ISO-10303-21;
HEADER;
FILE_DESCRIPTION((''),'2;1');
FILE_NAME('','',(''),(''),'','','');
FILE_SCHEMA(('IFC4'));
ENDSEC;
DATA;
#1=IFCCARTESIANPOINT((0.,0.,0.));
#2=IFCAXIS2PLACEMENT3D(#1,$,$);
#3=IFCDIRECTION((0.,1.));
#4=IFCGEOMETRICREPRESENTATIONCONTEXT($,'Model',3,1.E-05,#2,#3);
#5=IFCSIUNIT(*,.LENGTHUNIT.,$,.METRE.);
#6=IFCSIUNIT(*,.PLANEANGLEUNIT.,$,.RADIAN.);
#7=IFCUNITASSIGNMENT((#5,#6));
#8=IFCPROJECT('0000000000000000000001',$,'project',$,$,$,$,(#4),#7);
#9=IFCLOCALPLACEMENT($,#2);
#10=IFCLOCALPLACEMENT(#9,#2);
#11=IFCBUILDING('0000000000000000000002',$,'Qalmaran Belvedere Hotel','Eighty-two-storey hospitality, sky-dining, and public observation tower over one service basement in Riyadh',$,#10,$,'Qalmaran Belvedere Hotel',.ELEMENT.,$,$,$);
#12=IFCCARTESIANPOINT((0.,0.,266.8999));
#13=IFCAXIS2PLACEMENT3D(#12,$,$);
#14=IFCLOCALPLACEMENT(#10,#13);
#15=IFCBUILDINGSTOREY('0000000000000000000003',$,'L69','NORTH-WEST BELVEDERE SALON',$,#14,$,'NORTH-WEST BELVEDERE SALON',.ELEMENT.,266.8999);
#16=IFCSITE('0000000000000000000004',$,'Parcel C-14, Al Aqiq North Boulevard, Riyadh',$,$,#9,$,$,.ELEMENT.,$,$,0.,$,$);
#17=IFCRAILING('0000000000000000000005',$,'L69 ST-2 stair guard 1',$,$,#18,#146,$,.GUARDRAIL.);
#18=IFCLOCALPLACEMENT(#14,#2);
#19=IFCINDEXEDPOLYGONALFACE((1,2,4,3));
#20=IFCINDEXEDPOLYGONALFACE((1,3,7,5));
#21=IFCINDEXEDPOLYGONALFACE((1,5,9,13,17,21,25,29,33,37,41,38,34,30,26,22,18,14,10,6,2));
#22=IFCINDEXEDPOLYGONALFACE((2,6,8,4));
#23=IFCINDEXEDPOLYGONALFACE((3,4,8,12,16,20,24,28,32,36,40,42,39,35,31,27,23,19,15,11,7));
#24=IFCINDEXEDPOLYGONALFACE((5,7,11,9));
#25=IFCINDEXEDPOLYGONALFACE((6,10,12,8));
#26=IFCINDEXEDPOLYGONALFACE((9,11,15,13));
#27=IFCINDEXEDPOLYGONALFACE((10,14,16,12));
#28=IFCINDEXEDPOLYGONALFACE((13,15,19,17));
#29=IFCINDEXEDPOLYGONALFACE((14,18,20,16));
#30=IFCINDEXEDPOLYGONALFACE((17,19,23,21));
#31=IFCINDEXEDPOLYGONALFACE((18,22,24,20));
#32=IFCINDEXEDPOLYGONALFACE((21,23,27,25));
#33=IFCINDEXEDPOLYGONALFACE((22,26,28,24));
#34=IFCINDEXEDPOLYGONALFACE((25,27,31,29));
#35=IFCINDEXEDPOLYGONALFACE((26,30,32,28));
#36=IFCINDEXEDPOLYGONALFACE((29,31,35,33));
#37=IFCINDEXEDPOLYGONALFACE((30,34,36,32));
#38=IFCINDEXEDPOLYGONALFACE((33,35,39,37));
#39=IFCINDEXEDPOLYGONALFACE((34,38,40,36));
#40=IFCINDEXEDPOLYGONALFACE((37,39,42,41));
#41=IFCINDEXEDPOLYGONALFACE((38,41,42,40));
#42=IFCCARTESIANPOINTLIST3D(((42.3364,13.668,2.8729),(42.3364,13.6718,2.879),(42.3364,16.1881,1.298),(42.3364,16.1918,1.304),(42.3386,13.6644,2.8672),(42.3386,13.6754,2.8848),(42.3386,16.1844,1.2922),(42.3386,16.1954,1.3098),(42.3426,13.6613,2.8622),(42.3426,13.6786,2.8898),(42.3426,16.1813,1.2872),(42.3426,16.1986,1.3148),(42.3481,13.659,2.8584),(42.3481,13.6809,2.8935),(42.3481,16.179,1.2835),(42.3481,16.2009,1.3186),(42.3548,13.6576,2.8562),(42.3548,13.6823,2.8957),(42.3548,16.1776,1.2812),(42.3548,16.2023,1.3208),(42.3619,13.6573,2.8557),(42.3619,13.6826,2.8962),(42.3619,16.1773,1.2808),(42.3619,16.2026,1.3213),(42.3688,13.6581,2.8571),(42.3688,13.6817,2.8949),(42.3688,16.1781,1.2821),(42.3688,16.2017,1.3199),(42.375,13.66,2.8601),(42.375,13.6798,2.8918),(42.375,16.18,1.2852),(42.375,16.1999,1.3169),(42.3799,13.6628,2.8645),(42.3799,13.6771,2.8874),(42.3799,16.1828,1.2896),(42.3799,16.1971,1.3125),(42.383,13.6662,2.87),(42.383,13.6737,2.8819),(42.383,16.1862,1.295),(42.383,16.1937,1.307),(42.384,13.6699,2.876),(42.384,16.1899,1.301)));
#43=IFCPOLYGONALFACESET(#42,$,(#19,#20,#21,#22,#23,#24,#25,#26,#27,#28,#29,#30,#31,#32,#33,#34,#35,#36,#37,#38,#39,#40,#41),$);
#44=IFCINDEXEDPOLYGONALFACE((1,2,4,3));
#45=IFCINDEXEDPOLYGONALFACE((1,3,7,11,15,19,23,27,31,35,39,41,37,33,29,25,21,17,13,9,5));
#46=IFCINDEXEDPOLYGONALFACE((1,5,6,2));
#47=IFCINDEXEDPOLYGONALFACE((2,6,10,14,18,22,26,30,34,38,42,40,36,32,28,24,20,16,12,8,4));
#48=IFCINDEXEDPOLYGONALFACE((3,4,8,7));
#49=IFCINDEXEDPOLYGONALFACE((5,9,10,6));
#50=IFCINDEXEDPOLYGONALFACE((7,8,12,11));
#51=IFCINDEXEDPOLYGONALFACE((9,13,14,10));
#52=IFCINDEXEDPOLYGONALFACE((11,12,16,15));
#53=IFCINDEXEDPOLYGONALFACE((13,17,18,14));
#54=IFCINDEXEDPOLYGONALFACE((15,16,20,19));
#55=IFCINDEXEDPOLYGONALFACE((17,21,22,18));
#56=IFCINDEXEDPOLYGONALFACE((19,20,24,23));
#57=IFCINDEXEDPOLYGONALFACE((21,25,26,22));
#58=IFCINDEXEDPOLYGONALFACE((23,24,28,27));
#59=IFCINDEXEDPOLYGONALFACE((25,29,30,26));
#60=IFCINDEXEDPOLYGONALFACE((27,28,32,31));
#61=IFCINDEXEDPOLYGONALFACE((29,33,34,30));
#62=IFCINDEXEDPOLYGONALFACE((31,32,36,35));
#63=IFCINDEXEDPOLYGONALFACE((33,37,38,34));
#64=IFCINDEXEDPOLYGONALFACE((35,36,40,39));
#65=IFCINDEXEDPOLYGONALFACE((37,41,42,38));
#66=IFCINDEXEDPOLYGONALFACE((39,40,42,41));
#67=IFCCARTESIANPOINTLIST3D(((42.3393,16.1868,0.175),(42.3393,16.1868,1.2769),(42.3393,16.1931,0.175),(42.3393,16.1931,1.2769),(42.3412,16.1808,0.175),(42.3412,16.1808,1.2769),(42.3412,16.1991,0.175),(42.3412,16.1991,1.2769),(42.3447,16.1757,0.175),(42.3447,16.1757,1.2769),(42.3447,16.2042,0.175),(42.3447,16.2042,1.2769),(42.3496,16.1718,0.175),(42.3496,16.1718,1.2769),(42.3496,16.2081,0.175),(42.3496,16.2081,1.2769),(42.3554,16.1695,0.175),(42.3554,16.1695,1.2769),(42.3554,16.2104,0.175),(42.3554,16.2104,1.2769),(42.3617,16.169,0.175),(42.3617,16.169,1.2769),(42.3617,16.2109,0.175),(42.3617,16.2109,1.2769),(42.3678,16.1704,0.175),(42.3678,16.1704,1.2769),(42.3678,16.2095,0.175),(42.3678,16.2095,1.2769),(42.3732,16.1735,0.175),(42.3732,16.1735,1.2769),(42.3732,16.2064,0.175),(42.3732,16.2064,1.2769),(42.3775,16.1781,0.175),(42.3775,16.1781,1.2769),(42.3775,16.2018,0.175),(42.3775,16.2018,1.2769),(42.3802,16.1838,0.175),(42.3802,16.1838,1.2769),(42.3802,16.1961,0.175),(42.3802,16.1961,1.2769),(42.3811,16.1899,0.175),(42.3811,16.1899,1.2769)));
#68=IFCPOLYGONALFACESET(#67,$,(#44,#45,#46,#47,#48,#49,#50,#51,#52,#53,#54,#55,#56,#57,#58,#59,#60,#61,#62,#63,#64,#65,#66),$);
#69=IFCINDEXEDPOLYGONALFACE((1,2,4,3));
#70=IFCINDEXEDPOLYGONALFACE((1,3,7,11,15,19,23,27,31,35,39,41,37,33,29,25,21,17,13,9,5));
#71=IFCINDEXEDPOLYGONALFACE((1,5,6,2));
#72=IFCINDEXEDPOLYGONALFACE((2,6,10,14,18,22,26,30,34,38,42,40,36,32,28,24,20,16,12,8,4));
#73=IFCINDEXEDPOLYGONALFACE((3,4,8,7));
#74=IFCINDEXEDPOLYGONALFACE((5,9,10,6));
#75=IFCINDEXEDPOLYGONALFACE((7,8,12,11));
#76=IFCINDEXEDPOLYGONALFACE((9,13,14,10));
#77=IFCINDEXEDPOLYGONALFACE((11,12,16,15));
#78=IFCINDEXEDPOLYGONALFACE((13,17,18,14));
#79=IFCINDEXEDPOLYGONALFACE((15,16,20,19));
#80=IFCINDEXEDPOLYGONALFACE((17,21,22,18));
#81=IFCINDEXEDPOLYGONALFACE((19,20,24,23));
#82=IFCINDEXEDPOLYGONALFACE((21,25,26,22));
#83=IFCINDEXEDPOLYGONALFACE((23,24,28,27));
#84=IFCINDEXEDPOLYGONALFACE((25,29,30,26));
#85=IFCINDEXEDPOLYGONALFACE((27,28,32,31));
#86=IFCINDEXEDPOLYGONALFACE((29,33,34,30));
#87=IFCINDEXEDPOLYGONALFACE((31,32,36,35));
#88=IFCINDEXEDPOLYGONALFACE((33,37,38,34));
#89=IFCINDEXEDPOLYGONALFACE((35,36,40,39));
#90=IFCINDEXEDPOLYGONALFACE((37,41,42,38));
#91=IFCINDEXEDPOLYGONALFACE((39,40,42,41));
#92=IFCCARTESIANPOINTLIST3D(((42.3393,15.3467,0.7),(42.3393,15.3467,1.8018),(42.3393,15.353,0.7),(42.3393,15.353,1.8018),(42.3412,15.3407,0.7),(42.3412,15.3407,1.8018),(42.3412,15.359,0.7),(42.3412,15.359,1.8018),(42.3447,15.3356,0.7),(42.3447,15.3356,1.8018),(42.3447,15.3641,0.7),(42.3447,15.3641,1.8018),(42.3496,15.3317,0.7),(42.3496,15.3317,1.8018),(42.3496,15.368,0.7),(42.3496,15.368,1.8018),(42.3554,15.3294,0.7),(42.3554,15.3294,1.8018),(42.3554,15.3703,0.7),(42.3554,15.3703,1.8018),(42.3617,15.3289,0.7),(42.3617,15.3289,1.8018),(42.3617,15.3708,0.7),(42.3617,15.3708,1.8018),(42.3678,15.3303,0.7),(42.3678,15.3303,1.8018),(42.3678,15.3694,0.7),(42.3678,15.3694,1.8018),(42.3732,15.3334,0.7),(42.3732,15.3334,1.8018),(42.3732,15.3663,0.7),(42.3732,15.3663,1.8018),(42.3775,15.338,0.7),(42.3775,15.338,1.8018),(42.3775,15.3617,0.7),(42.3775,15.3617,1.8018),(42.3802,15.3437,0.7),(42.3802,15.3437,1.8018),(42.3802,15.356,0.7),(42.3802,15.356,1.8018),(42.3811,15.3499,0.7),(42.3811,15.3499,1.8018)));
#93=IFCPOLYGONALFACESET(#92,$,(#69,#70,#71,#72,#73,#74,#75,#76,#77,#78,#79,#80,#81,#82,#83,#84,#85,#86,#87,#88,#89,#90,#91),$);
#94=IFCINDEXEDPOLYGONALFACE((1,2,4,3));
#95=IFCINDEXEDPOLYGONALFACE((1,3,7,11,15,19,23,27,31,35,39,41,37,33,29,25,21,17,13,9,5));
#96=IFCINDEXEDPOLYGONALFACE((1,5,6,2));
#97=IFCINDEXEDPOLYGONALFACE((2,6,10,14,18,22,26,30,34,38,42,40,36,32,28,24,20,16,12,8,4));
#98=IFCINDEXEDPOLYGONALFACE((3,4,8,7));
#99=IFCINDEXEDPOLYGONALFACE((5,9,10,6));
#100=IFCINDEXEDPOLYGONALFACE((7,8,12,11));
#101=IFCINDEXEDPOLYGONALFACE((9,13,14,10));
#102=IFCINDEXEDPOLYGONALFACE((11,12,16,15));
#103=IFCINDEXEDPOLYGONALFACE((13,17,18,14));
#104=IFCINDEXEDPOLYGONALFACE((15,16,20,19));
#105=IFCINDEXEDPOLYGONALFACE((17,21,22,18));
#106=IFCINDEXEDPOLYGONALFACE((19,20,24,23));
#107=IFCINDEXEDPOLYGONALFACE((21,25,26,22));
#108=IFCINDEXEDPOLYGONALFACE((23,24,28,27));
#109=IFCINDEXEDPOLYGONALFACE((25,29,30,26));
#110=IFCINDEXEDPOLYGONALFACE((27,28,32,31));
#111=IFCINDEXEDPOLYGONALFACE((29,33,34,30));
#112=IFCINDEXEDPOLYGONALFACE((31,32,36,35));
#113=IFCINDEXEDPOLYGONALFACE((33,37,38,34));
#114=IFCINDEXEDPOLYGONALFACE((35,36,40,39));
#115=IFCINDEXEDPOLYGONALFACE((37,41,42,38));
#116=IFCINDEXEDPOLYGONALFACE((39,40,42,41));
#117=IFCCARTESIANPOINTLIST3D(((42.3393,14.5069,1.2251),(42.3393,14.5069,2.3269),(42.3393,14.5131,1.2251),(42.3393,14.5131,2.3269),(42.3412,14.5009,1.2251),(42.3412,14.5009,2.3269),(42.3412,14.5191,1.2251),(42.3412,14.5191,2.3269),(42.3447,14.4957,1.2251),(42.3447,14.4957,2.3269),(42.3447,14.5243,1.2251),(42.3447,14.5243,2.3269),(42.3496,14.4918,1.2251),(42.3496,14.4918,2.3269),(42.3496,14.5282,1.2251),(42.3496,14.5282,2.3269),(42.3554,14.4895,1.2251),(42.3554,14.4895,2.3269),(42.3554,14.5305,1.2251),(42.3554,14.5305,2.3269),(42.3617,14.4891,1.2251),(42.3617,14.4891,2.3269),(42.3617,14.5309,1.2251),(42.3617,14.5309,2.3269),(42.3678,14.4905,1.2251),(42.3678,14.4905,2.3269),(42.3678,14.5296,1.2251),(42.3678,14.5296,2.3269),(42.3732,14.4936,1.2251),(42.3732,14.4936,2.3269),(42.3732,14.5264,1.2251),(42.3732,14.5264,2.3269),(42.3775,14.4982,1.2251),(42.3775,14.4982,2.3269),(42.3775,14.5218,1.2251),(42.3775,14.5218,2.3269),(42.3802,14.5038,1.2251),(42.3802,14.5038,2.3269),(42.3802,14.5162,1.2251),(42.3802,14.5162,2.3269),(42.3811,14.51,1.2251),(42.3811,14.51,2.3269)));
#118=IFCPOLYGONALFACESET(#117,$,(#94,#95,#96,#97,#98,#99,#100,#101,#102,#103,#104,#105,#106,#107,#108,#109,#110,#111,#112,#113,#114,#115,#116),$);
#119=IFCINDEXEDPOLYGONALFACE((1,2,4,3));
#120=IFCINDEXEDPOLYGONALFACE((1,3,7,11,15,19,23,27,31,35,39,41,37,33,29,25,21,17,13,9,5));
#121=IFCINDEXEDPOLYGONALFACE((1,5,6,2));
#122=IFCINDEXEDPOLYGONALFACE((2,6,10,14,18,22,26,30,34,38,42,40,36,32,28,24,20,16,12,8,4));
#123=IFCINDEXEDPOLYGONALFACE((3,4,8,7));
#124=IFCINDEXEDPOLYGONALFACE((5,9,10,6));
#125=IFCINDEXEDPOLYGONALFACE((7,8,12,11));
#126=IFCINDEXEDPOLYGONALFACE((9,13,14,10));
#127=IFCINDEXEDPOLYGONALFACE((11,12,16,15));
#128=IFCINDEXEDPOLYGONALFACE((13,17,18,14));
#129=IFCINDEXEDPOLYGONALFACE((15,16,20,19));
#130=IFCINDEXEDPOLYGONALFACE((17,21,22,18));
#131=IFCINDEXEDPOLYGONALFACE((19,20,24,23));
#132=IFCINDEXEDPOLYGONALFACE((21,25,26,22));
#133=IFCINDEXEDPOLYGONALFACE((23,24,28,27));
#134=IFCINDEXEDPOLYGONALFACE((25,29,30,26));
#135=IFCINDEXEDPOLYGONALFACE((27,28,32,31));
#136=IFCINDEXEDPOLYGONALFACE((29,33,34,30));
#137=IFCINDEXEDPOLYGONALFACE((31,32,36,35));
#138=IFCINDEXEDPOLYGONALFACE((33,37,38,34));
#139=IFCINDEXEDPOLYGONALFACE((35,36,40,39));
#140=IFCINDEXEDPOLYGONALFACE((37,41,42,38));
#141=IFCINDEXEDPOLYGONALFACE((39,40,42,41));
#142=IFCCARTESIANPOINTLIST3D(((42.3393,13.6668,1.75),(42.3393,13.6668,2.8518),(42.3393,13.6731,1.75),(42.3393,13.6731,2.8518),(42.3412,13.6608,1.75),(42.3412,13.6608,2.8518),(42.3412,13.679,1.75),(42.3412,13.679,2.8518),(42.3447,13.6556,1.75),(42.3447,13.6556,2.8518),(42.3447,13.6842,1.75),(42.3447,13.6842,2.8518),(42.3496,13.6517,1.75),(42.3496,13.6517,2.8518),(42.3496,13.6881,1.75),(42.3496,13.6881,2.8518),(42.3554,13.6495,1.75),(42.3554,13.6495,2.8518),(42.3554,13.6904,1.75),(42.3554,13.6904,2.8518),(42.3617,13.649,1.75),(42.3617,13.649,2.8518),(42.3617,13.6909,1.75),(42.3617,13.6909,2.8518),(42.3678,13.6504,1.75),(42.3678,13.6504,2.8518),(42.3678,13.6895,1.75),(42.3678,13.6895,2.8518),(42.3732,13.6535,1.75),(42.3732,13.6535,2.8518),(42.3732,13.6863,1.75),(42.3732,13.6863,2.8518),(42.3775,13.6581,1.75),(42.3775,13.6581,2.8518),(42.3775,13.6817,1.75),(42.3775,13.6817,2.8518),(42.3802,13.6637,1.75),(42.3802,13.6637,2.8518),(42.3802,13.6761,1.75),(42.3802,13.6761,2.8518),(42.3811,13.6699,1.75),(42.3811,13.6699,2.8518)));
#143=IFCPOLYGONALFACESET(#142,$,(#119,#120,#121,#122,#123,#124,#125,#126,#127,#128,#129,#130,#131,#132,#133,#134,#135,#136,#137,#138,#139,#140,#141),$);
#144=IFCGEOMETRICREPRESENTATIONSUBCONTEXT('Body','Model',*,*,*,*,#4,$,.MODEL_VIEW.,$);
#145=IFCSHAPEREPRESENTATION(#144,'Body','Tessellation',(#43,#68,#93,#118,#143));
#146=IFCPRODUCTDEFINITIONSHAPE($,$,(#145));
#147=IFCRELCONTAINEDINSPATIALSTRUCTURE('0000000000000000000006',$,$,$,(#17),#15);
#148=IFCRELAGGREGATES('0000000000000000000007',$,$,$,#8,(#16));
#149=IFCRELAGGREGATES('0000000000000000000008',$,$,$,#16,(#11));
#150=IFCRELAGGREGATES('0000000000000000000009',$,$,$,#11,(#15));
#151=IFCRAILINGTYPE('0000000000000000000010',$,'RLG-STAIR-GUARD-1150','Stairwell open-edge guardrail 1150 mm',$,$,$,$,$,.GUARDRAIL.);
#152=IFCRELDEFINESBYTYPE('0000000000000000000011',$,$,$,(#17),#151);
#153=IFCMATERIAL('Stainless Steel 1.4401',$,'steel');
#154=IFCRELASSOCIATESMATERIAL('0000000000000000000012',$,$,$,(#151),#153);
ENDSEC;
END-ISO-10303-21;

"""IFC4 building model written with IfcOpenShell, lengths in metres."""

from ifc_helpers import new_model, si_unit, direction, frame, origin, origin_2d, place, context, subcontext, project, spatial, circle, extrude, material, type_object, element, save


model = new_model("IFC4")

# Units and contexts
model_context = context("Model", 3, precision=1e-05, world=origin(), true_north=direction((0.0, 1.0)))
body_context = subcontext(model_context, "Body", "Model", "MODEL_VIEW")
ifc_project = project(units=[si_unit("LENGTHUNIT", "METRE"), si_unit("PLANEANGLEUNIT", "RADIAN")], contexts=[model_context])

# Site, building, storey
site_placement = place(None, origin())
site = spatial("IfcSite", under=ifc_project, at=site_placement, Name="Parcel C-14, Al Aqiq North Boulevard, Riyadh", CompositionType="ELEMENT", RefElevation=0.0)
building_placement = place(site_placement, origin())
building = spatial("IfcBuilding", under=site, at=building_placement, Name="Qalmaran Belvedere Hotel", Description="Eighty-two-storey hospitality, sky-dining, and public observation tower over one service basement in Riyadh", LongName="Qalmaran Belvedere Hotel", CompositionType="ELEMENT")
storey_placement = place(building_placement, frame((0.0, 0.0, 266.8999)))
storey = spatial("IfcBuildingStorey", under=building, at=storey_placement, Name="L69", Description="NORTH-WEST BELVEDERE SALON", LongName="NORTH-WEST BELVEDERE SALON", CompositionType="ELEMENT", Elevation=266.8999)

# Railing
ifc_material_1 = material(Name="Stainless Steel 1.4401", Category="steel")
railing_type_1 = type_object("IfcRailingType", Name="RLG-STAIR-GUARD-1150", Description="Stairwell open-edge guardrail 1150 mm", PredefinedType="GUARDRAIL", material=ifc_material_1)
railing_1_placement = place(storey_placement, frame((42.3601, 16.1899, 0.175)))
element("IfcRailing", 1, at=railing_1_placement, inside=storey, type_object=railing_type_1, Name="L69 ST-2 stair guard 1", PredefinedType="GUARDRAIL", context=body_context, shape_type="SweptSolid", body=[
    extrude(circle(Radius=0.0239, at=origin_2d()), frame((0.0, 0.0, 1.126), z_axis=(0.0, -0.848008, 0.529984), x_axis=(1.0, 0.0, 0.0)), (0.0, 0.0, 1.0), 2.9717),
    extrude(circle(Radius=0.021, at=origin_2d()), origin(), (0.0, 0.0, 1.0), 1.1018),
    extrude(circle(Radius=0.021, at=origin_2d()), frame((0.0, -0.8401, 0.5249)), (0.0, 0.0, 1.0), 1.1018),
    extrude(circle(Radius=0.021, at=origin_2d()), frame((0.0, -1.6799, 1.05)), (0.0, 0.0, 1.0), 1.1018),
    extrude(circle(Radius=0.021, at=origin_2d()), frame((0.0, -2.52, 1.575)), (0.0, 0.0, 1.0), 1.1018),
])

save(model, "model.ifc")
